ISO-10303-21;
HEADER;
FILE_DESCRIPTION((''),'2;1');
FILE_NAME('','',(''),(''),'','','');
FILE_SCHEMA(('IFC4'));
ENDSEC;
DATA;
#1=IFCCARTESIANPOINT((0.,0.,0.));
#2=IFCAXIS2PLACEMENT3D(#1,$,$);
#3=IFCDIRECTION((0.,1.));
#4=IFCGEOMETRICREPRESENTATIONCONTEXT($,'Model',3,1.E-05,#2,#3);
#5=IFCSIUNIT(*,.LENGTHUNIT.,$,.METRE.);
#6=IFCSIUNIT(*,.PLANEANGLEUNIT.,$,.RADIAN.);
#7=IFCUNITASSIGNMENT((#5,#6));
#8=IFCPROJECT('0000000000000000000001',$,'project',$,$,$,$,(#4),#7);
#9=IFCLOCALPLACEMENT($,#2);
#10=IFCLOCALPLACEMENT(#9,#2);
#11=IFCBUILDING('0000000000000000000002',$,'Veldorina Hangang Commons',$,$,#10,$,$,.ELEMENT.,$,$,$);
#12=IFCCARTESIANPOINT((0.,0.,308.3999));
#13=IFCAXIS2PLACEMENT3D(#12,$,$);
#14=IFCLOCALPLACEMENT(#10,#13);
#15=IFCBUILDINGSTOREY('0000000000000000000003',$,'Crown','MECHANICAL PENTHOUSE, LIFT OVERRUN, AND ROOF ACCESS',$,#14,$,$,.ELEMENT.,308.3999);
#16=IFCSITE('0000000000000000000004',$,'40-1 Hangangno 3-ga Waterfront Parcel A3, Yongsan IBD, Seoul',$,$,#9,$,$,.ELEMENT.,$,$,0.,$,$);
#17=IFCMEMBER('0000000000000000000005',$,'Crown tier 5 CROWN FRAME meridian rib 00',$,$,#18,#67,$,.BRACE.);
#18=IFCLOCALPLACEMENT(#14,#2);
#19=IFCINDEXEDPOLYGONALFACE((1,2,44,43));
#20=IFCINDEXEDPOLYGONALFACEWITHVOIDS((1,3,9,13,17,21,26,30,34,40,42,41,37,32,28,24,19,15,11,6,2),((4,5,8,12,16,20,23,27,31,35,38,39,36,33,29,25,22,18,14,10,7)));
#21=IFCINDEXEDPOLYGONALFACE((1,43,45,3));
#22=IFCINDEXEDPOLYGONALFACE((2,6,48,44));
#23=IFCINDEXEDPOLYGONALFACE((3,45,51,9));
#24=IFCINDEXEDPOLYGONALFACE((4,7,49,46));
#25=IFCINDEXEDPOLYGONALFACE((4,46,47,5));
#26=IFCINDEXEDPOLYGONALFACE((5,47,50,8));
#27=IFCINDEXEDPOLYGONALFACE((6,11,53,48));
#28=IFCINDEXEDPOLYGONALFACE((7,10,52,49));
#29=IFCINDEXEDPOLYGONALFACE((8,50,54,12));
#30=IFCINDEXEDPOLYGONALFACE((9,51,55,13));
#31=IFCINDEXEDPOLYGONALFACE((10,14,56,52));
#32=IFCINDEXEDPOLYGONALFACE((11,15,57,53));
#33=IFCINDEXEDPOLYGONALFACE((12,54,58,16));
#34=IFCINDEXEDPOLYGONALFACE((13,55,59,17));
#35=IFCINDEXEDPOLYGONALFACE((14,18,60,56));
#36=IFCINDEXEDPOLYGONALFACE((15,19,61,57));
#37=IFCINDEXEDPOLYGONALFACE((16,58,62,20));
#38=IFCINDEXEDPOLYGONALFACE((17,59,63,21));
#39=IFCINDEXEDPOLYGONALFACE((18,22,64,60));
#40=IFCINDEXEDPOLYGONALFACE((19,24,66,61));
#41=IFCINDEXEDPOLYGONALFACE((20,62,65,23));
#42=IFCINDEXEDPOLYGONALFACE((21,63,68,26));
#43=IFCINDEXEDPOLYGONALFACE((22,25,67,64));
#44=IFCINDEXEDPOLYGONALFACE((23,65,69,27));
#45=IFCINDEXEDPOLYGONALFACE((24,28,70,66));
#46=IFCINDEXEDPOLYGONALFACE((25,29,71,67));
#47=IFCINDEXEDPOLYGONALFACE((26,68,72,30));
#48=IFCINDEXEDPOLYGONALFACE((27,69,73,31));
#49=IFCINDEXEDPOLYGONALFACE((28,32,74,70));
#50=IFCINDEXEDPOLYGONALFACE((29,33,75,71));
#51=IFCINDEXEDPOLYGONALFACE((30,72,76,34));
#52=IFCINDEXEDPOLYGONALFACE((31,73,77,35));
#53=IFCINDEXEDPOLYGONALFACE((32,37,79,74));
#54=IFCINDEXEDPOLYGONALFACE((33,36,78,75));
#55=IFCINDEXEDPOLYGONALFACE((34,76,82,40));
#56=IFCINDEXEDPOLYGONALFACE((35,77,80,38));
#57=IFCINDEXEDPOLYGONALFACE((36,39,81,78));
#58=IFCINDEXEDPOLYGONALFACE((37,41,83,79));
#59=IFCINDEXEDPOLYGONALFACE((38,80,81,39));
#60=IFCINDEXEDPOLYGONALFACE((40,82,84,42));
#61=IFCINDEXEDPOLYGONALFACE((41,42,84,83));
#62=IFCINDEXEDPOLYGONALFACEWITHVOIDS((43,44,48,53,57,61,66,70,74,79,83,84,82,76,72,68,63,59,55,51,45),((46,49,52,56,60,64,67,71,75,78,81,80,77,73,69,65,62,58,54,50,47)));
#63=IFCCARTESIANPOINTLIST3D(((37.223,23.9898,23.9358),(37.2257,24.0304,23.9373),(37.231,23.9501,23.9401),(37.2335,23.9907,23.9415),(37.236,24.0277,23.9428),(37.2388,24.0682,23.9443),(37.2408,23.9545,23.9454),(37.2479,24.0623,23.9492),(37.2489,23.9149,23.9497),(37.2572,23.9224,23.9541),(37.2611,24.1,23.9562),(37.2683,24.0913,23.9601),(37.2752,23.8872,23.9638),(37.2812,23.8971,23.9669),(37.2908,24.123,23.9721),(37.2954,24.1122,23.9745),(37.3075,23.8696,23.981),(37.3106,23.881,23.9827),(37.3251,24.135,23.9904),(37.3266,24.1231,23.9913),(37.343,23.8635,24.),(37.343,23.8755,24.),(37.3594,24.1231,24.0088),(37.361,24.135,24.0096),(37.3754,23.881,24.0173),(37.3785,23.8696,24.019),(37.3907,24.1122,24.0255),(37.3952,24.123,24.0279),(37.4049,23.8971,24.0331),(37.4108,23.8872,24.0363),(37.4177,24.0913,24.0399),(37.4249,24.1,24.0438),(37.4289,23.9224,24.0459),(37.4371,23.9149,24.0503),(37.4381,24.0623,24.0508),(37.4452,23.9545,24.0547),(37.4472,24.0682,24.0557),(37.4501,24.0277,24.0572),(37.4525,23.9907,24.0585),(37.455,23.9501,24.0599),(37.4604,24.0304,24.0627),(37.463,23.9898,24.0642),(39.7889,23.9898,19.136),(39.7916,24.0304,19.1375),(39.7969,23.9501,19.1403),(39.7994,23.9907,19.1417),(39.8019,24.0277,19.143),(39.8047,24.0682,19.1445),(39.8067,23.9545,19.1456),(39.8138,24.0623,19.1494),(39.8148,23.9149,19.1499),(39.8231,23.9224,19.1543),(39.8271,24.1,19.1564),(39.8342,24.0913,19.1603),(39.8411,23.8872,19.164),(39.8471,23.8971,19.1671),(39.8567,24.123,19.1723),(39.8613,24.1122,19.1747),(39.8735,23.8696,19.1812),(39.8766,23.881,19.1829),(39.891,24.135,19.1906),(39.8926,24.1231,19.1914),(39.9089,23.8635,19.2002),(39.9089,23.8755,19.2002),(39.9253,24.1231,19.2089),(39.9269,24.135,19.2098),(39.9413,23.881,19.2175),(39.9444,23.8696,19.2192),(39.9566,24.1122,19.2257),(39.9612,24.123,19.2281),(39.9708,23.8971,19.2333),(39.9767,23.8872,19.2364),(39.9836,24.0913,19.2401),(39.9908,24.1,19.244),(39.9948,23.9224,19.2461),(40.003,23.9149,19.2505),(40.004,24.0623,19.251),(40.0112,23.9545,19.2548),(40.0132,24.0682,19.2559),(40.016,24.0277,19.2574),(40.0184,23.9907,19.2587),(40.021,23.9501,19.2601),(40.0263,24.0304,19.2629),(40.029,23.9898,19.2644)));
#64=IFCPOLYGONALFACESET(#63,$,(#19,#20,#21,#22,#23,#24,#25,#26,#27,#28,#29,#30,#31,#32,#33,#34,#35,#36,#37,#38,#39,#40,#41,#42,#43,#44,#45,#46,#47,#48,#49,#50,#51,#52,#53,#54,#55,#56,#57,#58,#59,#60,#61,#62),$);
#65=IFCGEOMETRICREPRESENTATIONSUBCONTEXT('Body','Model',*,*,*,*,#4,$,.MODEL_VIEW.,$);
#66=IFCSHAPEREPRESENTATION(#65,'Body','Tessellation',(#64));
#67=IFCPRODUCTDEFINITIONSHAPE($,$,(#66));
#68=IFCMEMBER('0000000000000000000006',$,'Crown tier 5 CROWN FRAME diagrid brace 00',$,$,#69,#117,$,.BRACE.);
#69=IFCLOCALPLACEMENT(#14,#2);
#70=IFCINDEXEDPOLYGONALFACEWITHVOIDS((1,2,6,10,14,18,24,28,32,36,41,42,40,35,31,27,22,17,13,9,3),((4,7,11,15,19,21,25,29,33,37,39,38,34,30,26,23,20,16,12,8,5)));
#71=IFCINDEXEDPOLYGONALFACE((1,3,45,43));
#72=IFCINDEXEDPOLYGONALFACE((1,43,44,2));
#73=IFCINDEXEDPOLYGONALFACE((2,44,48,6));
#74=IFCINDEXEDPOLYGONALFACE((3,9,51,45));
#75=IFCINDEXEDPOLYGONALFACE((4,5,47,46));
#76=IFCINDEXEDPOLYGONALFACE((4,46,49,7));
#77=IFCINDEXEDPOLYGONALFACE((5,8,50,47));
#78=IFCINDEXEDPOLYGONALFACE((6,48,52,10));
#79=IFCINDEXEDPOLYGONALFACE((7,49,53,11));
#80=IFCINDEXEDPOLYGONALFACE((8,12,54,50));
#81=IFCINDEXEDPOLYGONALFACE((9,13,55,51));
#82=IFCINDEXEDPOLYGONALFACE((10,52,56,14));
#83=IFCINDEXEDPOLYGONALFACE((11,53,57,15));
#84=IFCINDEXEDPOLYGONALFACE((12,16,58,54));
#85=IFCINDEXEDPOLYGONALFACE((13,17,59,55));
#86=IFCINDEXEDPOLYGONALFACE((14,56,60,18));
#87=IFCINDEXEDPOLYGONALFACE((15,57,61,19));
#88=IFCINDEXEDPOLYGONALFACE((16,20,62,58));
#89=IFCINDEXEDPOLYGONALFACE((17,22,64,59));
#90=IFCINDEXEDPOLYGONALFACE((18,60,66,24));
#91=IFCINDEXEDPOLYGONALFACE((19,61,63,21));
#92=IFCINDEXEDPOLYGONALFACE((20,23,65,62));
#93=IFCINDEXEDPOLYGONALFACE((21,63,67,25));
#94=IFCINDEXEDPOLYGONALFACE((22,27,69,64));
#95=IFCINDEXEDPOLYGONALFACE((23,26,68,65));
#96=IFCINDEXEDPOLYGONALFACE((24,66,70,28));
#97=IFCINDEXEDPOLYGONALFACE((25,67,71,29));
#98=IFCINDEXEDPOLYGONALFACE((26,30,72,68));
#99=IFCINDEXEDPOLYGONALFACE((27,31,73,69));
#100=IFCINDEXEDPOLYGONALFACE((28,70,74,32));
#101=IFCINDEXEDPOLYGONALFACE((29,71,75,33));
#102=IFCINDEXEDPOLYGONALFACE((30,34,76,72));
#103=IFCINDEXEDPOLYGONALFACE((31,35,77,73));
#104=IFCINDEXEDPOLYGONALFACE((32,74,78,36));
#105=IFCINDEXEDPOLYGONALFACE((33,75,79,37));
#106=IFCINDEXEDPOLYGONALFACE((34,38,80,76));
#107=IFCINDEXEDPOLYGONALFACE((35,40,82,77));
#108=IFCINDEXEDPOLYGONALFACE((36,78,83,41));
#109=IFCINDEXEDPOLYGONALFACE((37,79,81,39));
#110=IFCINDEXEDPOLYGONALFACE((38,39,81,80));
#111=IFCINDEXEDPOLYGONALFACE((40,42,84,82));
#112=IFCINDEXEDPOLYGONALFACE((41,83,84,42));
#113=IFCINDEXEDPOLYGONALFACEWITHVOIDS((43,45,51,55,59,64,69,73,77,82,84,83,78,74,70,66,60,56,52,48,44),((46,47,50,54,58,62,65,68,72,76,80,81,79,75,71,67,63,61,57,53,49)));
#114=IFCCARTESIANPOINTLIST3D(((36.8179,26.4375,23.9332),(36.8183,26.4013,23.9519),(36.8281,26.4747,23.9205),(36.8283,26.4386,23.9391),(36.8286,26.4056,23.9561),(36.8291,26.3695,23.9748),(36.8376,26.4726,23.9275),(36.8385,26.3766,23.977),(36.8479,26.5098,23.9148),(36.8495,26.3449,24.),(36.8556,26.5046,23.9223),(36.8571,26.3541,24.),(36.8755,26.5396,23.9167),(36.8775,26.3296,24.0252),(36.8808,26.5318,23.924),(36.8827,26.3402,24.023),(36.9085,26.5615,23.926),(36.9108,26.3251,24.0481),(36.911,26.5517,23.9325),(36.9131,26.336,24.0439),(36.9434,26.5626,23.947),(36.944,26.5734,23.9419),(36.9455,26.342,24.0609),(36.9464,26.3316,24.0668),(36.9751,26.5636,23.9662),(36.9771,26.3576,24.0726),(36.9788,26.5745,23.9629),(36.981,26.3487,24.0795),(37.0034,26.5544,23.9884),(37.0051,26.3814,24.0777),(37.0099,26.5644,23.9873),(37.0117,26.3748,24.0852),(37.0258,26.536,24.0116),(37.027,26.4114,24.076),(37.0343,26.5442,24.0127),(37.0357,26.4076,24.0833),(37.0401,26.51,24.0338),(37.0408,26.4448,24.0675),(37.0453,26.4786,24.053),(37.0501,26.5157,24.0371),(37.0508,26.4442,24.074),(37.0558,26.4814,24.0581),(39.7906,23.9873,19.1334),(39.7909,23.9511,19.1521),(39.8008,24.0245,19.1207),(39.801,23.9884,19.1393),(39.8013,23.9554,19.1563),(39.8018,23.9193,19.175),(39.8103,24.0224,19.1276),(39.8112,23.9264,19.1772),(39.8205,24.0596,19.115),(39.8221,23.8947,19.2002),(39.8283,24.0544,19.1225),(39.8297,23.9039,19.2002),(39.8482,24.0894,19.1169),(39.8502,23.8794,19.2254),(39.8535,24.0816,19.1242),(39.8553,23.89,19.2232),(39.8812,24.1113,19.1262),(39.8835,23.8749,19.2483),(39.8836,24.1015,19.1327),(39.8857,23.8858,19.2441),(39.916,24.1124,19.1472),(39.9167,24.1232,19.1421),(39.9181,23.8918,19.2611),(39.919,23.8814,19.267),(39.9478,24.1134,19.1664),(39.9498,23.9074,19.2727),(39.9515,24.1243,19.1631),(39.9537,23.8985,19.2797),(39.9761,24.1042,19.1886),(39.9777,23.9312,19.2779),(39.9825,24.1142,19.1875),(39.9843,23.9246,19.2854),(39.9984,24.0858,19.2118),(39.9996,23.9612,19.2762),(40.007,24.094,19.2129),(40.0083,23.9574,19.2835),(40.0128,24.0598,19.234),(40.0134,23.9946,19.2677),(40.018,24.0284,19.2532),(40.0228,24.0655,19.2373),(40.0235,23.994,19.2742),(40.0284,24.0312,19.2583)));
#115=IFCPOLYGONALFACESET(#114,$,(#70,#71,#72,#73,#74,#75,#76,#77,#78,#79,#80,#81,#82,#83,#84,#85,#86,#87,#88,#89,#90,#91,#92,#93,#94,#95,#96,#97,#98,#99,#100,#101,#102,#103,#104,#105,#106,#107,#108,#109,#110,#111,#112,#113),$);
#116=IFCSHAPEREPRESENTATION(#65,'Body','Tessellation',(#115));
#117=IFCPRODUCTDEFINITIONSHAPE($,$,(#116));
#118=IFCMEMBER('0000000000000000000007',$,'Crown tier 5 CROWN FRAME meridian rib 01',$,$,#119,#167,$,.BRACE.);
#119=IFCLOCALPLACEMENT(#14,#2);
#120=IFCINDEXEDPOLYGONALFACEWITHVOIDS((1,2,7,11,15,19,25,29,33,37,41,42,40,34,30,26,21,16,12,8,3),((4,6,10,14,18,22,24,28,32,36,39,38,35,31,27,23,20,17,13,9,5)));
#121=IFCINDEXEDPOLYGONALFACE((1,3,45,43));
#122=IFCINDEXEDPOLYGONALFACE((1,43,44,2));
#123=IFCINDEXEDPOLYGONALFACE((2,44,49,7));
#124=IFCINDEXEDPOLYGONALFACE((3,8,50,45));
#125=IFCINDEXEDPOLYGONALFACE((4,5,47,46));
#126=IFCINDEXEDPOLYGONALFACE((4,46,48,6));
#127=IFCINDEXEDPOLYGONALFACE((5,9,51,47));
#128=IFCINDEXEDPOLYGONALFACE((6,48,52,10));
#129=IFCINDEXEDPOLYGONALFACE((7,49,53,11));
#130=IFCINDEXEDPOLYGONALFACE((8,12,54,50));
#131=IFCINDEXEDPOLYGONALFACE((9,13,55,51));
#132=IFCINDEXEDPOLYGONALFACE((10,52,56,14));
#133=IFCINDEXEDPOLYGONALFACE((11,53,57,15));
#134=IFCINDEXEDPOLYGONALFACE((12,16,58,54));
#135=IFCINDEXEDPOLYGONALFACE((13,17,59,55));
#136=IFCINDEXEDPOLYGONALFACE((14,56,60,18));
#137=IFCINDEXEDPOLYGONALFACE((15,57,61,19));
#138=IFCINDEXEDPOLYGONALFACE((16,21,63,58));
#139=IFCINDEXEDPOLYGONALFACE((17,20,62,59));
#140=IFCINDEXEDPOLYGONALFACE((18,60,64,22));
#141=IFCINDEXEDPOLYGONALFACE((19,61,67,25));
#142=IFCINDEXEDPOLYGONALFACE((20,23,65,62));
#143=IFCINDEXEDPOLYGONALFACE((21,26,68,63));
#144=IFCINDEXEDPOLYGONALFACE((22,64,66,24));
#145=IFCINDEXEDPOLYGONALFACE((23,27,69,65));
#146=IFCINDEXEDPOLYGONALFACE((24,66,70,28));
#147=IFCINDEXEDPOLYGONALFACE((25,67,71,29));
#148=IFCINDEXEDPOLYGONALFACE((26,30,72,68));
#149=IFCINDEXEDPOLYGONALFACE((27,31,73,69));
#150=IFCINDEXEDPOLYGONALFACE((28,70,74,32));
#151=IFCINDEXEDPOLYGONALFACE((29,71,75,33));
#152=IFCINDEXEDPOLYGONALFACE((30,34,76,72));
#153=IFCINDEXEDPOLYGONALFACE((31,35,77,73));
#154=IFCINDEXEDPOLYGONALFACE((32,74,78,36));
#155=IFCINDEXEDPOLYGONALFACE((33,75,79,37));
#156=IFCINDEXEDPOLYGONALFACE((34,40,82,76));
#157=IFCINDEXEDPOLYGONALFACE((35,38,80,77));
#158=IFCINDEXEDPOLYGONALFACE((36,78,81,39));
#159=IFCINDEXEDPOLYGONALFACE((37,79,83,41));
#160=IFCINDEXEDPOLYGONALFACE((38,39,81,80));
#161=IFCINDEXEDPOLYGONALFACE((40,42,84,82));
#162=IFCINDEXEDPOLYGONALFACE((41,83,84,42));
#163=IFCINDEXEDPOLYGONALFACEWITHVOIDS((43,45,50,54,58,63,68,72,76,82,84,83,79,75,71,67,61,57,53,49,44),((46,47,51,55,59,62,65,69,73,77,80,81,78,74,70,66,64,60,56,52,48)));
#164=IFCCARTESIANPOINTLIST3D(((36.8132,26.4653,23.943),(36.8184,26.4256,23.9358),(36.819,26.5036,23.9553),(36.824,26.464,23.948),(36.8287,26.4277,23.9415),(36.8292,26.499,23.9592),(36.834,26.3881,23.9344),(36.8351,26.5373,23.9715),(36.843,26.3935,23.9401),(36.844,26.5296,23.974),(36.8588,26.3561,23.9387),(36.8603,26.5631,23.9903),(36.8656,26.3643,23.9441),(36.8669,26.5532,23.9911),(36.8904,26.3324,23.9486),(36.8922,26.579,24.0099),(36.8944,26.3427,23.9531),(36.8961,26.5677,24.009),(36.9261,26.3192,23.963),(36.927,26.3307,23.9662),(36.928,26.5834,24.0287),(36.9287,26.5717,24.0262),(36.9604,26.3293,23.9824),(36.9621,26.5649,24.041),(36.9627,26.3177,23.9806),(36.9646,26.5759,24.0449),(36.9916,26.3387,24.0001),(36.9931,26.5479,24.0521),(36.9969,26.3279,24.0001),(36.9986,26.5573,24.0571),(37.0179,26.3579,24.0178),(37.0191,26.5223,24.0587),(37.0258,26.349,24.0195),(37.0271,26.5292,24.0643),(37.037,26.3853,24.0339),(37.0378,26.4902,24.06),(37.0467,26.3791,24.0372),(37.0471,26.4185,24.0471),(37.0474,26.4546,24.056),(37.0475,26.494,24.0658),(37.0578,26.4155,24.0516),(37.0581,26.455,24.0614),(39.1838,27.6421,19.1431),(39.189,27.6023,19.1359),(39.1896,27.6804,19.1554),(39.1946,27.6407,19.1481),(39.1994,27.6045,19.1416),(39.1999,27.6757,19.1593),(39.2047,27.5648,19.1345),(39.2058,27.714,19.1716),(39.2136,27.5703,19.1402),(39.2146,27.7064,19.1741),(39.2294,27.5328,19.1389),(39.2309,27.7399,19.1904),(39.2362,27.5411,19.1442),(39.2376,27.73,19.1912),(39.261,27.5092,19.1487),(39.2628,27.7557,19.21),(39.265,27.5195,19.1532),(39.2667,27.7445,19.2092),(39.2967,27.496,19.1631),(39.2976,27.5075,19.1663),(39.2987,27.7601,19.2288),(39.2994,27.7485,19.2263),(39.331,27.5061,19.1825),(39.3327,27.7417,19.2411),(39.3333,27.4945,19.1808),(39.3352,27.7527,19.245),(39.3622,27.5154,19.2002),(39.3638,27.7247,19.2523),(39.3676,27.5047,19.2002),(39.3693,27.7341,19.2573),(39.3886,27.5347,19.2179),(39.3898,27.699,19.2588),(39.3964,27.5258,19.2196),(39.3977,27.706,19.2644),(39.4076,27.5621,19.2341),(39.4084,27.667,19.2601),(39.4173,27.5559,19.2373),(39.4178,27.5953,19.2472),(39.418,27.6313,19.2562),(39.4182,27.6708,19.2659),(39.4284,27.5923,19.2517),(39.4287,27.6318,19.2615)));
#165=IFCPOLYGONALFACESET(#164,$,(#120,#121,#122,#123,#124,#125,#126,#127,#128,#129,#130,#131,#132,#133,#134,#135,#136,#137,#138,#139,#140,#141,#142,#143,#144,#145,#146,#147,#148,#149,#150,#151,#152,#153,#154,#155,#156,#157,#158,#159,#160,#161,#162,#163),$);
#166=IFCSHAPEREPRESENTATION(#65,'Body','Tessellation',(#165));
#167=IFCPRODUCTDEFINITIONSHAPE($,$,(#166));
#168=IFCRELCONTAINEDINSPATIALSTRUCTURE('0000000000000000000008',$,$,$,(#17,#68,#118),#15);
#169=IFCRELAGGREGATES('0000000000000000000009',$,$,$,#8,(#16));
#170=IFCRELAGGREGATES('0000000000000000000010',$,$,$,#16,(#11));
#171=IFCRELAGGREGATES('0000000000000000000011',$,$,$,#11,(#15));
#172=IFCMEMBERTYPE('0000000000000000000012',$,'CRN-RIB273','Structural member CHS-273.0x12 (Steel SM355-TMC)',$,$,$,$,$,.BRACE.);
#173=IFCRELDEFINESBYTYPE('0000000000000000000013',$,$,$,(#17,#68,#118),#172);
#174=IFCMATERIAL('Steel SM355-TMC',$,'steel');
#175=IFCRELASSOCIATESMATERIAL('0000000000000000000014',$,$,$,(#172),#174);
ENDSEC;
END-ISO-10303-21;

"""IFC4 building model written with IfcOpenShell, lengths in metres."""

from ifc_helpers import new_model, si_unit, direction, frame, origin, origin_2d, place, context, subcontext, project, spatial, hollow_circle, extrude, material, material_profile, profile_set, type_object, element, save


model = new_model("IFC4")

# Units and contexts
model_context = context("Model", 3, precision=1e-05, world=origin(), true_north=direction((0.0, 1.0)))
body_context = subcontext(model_context, "Body", "Model", "MODEL_VIEW")
ifc_project = project(units=[si_unit("LENGTHUNIT", "METRE"), si_unit("PLANEANGLEUNIT", "RADIAN")], contexts=[model_context])

# Site, building, storey
site_placement = place(None, origin())
site = spatial("IfcSite", under=ifc_project, at=site_placement, Name="40-1 Hangangno 3-ga Waterfront Parcel A3, Yongsan IBD, Seoul", CompositionType="ELEMENT", RefElevation=0.0)
building_placement = place(site_placement, origin())
building = spatial("IfcBuilding", under=site, at=building_placement, Name="Veldorina Hangang Commons", CompositionType="ELEMENT")
storey_placement = place(building_placement, frame((0.0, 0.0, 308.3999)))
storey = spatial("IfcBuildingStorey", under=building, at=storey_placement, Name="Crown", Description="MECHANICAL PENTHOUSE, LIFT OVERRUN, AND ROOF ACCESS", CompositionType="ELEMENT", Elevation=308.3999)

# Members
ifc_material_1 = material(Name="Steel SM355-TMC", Category="steel")
ifc_material_profile_1 = material_profile(ifc_material_1, hollow_circle(Radius=0.1365, WallThickness=0.012, at=origin_2d()), Name="CHS-273.0x12")
ifc_profile_set_1 = profile_set([ifc_material_profile_1], Name="Steel SM355-TMC")
member_type_1 = type_object("IfcMemberType", Name="CRN-RIB273", Description="Structural member CHS-273.0x12 (Steel SM355-TMC)", PredefinedType="BRACE", material=ifc_profile_set_1)
member_1_placement = place(storey_placement, frame((39.9089, 24.0, 19.2002), z_axis=(-0.471449, 0.0, 0.881893), x_axis=(0.0, -1.0, 0.0)))
element("IfcMember", 1, at=member_1_placement, inside=storey, type_object=member_type_1, Name="Crown tier 5 CROWN FRAME meridian rib 00", PredefinedType="BRACE", context=body_context, shape_type="SweptSolid", body=[
    extrude(hollow_circle(Radius=0.1365, WallThickness=0.012, at=origin_2d()), origin(), (0.0, 0.0, 1.0), 5.4426),
])
member_2_placement = place(storey_placement, frame((39.9089, 24.0, 19.2002), z_axis=(-0.483003, 0.398112, 0.779881), x_axis=(-0.636036, -0.771659, 0.0)))
element("IfcMember", 2, at=member_2_placement, inside=storey, type_object=member_type_1, Name="Crown tier 5 CROWN FRAME diagrid brace 00", PredefinedType="BRACE", context=body_context, shape_type="SweptSolid", body=[
    extrude(hollow_circle(Radius=0.1365, WallThickness=0.012, at=origin_2d()), origin(), (0.0, 0.0, 1.0), 6.1545),
])
member_3_placement = place(storey_placement, frame((39.3069, 27.627, 19.2002), z_axis=(-0.432504, -0.214693, 0.875698), x_axis=(0.444629, -0.895715, 0.0)))
element("IfcMember", 3, at=member_3_placement, inside=storey, type_object=member_type_1, Name="Crown tier 5 CROWN FRAME meridian rib 01", PredefinedType="BRACE", context=body_context, shape_type="SweptSolid", body=[
    extrude(hollow_circle(Radius=0.1365, WallThickness=0.012, at=origin_2d()), origin(), (0.0, 0.0, 1.0), 5.4812),
])

save(model, "model.ifc")
